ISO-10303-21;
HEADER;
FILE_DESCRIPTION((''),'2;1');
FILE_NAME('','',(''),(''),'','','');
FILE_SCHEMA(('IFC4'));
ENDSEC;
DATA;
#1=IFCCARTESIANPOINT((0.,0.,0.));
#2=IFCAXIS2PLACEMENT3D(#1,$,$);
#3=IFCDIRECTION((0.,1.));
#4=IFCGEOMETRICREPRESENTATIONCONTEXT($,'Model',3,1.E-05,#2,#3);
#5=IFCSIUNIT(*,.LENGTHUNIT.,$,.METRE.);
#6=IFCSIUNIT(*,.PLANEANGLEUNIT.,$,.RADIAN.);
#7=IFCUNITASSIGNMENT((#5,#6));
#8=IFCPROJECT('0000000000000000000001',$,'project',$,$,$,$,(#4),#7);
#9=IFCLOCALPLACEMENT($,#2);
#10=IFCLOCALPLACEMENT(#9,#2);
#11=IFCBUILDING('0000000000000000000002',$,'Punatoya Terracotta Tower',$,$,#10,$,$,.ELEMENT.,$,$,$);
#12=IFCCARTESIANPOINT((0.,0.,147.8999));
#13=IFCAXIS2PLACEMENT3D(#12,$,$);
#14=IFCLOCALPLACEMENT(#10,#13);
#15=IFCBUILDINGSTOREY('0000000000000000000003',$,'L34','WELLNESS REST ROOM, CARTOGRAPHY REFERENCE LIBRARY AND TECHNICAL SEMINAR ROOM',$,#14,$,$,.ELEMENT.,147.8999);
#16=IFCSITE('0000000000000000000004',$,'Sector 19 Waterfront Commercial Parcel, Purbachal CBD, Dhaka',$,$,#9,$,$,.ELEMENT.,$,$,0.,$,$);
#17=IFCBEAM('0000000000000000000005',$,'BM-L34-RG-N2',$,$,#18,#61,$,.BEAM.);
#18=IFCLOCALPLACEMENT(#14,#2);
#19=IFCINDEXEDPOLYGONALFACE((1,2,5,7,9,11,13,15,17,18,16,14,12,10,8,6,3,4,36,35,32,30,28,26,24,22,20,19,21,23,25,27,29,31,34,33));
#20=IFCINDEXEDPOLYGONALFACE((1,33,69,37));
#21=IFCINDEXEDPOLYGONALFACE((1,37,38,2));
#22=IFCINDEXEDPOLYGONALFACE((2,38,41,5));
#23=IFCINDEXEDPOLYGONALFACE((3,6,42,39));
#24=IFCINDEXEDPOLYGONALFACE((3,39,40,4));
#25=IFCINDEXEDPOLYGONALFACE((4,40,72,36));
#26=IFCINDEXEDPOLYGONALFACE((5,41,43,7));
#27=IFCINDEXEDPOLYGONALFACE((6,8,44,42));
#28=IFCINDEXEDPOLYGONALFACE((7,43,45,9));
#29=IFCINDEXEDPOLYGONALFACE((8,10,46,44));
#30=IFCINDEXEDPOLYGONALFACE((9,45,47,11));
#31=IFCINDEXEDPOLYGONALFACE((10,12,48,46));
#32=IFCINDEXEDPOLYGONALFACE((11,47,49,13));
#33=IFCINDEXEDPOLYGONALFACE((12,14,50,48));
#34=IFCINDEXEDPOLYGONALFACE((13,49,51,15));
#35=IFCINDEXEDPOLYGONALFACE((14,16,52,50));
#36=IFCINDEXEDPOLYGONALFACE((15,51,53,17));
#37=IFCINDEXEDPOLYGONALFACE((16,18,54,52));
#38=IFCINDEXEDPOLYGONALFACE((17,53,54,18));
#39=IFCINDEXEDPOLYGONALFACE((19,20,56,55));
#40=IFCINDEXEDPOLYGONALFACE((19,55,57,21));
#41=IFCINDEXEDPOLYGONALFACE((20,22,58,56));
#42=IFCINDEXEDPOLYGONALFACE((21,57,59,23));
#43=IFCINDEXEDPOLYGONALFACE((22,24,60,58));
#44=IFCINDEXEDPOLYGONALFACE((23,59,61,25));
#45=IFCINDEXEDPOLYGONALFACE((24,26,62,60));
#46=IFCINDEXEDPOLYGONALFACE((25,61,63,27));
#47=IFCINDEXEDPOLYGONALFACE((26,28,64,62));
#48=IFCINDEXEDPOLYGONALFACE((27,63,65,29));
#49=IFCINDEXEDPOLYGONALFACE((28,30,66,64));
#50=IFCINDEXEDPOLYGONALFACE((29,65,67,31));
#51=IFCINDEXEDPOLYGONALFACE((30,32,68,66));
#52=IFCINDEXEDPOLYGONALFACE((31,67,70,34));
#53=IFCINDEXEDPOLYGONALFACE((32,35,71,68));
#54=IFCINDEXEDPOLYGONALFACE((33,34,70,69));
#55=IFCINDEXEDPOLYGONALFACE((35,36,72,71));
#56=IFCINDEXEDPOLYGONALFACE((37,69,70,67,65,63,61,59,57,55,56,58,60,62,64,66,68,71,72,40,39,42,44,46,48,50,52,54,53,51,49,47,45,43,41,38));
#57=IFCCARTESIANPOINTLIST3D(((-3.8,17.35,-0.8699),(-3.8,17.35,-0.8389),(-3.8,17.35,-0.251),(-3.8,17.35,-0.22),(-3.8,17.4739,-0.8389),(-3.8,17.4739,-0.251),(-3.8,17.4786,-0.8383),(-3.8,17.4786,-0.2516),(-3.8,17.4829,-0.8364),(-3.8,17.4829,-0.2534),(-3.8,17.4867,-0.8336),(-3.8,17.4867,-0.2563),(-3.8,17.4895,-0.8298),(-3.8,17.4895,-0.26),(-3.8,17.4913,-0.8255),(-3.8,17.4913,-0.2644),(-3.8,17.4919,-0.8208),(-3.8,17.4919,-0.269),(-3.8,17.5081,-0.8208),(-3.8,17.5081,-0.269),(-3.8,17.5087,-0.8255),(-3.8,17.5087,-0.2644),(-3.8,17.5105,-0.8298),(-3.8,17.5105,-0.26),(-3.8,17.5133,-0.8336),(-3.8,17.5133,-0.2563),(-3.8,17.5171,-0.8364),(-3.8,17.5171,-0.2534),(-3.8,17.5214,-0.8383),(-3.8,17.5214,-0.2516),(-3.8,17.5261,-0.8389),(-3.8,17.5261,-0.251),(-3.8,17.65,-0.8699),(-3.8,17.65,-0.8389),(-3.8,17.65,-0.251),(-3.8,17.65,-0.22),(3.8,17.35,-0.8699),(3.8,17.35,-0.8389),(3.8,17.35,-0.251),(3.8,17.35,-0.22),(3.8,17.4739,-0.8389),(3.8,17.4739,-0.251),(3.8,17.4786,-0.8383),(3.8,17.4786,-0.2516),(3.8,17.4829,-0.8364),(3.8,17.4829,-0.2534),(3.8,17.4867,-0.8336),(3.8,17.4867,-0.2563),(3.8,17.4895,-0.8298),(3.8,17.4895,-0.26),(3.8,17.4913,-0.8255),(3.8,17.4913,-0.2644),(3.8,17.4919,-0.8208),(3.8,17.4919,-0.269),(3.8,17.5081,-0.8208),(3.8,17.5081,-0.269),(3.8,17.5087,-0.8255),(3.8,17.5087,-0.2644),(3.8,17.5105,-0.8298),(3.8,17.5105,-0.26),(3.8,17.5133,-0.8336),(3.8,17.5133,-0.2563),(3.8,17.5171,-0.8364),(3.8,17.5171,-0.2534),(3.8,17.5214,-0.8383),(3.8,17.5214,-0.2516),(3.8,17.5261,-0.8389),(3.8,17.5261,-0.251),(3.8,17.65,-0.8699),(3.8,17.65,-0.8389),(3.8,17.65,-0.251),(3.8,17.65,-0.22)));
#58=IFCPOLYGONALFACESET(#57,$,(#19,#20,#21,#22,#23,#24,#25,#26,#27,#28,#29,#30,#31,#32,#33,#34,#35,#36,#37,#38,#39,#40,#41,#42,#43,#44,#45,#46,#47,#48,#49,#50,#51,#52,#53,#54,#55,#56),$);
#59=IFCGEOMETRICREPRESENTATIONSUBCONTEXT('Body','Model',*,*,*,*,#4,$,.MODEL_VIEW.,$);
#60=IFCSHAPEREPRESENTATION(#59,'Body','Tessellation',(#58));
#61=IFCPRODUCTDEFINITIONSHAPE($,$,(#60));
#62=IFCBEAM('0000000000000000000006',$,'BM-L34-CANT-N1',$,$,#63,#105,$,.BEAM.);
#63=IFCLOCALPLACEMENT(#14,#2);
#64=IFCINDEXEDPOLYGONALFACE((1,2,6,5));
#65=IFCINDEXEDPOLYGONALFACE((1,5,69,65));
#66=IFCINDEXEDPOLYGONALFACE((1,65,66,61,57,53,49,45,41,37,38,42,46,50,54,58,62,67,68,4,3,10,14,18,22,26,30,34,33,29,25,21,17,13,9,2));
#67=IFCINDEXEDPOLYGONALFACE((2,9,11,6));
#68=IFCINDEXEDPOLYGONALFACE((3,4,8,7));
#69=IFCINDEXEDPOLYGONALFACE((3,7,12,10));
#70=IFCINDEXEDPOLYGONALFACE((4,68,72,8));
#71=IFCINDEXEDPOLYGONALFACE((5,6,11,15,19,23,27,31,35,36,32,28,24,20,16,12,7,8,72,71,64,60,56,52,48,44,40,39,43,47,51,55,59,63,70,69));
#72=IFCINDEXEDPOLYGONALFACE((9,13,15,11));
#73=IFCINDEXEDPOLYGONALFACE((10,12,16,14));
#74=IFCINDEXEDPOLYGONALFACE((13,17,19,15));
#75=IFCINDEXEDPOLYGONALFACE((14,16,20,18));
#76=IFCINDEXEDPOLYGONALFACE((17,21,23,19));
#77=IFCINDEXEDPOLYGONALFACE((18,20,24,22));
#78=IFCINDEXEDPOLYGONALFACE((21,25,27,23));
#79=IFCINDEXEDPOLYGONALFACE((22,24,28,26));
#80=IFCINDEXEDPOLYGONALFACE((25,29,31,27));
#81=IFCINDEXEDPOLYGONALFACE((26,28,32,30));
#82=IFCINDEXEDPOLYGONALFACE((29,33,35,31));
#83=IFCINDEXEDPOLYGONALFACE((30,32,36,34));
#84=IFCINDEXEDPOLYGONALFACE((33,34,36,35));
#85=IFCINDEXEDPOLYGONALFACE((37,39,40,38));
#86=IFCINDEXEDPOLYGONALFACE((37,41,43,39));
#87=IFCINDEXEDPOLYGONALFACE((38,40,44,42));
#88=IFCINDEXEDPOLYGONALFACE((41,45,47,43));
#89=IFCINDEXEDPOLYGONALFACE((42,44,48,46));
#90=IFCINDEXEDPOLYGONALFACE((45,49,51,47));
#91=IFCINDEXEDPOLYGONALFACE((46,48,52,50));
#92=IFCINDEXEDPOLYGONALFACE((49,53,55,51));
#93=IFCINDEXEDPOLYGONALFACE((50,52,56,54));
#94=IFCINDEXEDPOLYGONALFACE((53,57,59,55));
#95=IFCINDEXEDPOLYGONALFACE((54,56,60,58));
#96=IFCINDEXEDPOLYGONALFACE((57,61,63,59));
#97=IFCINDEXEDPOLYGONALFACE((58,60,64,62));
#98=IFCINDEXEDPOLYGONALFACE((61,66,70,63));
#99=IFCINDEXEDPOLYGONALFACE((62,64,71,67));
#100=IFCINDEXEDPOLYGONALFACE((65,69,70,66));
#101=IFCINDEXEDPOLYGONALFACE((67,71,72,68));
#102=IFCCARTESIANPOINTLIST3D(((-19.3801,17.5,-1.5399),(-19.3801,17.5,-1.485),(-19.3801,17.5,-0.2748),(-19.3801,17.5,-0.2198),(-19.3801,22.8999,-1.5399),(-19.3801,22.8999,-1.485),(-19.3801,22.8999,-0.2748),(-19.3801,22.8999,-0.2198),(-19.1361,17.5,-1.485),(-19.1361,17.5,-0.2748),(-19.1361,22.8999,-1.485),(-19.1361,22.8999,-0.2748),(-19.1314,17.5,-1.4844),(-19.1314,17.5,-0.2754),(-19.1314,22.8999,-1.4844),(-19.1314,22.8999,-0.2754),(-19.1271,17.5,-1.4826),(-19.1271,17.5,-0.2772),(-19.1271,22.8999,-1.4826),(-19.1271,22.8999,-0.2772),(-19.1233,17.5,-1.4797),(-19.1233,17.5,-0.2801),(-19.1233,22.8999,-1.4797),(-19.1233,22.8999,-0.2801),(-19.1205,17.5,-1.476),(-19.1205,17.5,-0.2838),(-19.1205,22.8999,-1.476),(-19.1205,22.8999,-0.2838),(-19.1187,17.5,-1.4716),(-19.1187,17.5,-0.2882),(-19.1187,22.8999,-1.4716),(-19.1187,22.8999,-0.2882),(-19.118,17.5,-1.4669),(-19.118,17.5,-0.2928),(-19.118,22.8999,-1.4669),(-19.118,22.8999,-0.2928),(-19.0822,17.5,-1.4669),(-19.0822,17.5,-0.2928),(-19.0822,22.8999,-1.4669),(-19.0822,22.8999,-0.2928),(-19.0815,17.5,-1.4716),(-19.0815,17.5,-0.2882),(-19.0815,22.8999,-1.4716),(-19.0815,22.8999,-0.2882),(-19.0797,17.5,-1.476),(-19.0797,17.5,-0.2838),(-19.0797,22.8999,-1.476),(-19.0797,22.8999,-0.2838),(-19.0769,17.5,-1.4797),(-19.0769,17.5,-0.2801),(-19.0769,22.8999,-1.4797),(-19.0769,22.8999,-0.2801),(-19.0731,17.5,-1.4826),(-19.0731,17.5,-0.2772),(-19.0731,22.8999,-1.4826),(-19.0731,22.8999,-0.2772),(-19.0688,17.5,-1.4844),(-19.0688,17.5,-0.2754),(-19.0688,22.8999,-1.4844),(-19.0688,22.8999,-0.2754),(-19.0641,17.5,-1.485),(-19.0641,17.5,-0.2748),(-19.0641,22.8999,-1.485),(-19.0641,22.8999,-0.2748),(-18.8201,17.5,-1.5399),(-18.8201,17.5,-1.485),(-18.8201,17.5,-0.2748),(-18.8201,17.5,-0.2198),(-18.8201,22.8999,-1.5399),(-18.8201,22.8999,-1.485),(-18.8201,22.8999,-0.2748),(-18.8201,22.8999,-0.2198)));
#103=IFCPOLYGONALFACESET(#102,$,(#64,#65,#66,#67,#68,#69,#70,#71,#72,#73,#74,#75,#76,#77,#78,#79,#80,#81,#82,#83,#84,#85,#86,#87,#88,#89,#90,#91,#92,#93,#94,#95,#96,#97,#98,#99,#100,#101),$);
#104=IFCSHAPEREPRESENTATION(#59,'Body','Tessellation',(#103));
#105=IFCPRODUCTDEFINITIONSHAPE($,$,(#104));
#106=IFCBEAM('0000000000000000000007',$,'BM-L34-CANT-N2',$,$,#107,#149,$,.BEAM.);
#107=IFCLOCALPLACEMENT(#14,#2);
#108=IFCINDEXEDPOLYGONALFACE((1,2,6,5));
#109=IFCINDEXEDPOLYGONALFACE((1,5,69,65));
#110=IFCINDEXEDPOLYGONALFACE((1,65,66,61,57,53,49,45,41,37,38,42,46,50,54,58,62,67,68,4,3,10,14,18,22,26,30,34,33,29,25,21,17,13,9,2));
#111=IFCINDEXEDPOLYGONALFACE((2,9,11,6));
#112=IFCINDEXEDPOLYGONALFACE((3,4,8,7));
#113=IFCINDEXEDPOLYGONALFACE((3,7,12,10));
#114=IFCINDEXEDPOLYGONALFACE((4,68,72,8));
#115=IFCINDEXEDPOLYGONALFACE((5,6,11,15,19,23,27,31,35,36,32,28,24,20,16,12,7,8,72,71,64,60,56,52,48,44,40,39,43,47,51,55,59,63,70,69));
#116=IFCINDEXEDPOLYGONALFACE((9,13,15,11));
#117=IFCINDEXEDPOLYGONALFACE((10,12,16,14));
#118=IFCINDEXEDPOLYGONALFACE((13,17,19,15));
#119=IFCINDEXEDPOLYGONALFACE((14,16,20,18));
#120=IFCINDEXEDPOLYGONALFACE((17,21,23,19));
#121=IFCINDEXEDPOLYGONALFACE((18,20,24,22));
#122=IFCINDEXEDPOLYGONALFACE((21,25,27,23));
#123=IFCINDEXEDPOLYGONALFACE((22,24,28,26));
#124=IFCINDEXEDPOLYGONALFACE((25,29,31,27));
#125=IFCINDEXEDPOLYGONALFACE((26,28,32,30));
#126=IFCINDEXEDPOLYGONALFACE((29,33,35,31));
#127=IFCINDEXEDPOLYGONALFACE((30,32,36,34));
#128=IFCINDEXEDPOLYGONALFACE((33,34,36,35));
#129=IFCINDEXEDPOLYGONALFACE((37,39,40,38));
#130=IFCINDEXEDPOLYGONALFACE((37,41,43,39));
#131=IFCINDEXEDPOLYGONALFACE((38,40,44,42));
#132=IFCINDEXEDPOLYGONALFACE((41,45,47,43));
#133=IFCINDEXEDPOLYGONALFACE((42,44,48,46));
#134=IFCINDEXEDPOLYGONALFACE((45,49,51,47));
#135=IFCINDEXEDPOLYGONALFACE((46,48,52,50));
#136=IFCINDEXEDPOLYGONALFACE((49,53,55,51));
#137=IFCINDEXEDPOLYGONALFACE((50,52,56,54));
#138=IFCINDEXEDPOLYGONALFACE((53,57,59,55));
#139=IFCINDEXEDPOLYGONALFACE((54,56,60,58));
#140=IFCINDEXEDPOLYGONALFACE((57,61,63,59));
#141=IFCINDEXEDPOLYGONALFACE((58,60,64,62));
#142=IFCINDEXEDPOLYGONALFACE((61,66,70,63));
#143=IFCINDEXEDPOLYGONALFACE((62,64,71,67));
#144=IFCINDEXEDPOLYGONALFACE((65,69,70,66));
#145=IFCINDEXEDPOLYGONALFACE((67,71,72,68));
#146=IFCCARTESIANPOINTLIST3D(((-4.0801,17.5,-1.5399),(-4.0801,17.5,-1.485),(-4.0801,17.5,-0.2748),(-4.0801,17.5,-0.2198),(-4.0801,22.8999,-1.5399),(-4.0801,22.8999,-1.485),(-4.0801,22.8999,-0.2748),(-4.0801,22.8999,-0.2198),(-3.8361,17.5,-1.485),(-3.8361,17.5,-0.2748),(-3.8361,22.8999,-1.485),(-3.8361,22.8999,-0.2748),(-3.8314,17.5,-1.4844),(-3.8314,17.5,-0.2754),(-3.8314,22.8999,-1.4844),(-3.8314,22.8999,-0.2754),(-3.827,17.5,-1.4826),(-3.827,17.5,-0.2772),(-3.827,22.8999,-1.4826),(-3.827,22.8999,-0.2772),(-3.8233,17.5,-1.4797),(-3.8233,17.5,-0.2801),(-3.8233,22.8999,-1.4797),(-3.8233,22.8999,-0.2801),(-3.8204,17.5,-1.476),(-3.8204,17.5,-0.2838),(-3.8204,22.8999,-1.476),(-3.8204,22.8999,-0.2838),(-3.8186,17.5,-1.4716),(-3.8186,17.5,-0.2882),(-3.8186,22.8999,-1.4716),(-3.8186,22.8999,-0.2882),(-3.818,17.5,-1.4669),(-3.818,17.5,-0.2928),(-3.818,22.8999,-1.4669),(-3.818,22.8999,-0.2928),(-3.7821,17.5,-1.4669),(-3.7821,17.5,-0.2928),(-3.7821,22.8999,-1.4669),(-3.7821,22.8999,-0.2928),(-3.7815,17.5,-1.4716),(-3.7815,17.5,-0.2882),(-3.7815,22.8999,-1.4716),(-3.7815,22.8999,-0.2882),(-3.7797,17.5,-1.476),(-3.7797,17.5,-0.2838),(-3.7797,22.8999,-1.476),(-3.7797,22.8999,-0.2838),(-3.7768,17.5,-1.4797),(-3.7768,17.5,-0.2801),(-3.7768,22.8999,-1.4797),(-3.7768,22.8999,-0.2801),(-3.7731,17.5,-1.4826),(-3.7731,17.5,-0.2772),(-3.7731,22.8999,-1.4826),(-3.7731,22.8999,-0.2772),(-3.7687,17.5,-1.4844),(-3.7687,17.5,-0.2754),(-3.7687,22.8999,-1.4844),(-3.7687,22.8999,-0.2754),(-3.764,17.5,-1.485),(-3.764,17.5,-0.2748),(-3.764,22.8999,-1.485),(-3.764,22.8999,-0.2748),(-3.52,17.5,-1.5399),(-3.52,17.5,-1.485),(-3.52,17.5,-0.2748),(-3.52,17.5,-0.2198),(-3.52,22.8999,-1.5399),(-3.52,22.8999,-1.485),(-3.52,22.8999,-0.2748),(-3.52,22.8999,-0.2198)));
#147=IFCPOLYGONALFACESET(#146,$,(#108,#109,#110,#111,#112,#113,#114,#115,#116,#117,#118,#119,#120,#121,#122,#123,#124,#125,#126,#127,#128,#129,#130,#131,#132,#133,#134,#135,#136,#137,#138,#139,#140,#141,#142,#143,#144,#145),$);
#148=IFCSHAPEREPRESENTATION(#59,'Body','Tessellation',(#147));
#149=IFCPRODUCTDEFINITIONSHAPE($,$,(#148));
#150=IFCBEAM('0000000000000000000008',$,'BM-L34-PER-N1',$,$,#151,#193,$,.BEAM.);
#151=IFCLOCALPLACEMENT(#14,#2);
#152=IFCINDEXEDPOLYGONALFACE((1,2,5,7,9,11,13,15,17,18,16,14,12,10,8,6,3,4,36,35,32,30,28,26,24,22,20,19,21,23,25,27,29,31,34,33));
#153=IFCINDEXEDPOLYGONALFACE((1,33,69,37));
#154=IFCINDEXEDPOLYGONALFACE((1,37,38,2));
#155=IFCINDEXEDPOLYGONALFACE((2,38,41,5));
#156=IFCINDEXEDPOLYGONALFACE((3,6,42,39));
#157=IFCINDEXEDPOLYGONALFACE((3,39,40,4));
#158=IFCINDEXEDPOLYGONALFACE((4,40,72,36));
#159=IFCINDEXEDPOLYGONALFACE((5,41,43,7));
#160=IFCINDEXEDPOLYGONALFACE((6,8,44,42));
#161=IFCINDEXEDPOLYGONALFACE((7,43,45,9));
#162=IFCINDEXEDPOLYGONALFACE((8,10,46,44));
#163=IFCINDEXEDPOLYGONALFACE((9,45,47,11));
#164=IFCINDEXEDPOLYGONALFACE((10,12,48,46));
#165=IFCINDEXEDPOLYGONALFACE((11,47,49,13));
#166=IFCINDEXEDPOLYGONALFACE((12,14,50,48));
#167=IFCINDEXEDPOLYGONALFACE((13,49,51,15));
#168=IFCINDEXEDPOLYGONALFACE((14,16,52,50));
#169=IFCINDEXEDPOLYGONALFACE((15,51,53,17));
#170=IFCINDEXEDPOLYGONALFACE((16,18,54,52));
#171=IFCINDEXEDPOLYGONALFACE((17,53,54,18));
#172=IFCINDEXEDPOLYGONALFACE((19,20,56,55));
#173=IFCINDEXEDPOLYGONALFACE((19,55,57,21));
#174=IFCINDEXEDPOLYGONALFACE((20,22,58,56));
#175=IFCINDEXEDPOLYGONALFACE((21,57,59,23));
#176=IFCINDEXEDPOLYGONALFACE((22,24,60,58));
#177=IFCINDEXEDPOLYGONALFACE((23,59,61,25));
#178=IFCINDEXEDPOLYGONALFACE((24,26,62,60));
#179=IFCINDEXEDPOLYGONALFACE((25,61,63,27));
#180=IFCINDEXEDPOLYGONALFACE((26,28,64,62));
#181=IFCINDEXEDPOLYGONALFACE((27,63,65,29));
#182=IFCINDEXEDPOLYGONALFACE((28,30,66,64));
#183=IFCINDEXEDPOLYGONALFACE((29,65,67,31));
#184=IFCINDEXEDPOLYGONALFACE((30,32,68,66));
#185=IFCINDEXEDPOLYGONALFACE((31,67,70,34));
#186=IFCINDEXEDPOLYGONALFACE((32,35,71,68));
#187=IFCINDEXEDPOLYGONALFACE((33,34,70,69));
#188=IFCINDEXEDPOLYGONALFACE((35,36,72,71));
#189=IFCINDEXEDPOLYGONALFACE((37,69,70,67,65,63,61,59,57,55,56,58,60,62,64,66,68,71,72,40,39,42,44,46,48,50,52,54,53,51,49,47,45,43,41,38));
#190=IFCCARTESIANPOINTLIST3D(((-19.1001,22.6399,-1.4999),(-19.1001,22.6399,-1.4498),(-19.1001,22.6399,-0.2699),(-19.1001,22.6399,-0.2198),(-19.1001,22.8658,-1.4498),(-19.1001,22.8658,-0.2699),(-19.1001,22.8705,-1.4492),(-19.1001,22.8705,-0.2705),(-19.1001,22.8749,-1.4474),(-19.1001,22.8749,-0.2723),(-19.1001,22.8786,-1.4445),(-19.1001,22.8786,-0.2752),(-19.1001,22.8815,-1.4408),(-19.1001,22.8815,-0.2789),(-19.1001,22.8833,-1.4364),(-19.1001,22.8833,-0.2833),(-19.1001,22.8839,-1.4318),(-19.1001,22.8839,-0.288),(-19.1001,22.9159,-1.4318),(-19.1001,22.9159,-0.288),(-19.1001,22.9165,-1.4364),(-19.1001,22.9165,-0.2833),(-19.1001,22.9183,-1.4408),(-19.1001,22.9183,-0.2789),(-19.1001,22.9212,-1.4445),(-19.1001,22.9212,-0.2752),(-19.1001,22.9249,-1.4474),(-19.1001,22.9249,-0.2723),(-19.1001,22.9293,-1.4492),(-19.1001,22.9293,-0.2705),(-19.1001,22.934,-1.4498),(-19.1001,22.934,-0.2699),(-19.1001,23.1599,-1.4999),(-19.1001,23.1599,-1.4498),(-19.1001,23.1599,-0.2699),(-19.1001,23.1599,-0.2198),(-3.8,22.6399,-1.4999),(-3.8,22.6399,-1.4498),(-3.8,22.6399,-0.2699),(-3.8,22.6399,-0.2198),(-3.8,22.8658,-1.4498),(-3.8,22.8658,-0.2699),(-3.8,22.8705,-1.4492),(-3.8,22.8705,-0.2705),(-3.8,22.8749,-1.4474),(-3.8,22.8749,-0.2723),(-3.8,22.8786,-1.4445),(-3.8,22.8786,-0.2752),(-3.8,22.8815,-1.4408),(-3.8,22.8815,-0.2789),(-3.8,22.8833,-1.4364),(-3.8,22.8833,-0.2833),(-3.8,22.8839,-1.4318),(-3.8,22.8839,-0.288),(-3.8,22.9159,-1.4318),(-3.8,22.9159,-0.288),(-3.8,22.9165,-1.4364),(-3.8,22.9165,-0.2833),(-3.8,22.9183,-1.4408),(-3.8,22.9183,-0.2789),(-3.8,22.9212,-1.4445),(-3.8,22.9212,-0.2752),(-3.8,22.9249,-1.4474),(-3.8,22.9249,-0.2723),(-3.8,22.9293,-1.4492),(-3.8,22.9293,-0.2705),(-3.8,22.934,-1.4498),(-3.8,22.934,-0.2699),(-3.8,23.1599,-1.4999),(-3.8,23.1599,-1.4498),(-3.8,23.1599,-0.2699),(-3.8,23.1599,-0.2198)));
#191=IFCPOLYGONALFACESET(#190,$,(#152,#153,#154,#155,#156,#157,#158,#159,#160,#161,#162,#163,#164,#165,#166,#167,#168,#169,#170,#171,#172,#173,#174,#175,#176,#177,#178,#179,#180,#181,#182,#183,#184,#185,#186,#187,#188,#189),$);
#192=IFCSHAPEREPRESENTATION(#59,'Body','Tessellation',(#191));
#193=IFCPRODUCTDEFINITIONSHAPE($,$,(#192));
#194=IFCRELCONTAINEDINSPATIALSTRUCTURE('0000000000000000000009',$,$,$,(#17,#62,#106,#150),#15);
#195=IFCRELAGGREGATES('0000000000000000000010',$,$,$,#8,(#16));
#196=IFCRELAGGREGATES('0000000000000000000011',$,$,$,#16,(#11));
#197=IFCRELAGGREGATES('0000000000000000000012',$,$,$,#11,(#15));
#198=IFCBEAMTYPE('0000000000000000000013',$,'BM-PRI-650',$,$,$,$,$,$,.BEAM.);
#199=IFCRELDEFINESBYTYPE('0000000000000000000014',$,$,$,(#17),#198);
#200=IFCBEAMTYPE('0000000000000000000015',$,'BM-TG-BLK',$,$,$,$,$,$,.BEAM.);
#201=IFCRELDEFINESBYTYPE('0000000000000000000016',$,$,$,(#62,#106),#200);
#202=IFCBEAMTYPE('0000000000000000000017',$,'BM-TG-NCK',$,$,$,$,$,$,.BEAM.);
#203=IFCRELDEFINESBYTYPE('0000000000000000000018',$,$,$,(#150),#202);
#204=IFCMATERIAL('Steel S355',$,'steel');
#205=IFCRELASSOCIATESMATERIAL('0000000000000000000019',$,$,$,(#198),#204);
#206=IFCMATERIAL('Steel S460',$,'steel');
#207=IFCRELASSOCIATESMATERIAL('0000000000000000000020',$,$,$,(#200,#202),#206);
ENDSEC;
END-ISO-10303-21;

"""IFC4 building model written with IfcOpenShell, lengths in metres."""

from ifc_helpers import new_model, si_unit, direction, frame, origin, origin_2d, place, context, subcontext, project, spatial, i_section, extrude, material, material_profile, profile_set, type_object, element, save


model = new_model("IFC4")

# Units and contexts
model_context = context("Model", 3, precision=1e-05, world=origin(), true_north=direction((0.0, 1.0)))
body_context = subcontext(model_context, "Body", "Model", "MODEL_VIEW")
ifc_project = project(units=[si_unit("LENGTHUNIT", "METRE"), si_unit("PLANEANGLEUNIT", "RADIAN")], contexts=[model_context])

# Site, building, storey
site_placement = place(None, origin())
site = spatial("IfcSite", under=ifc_project, at=site_placement, Name="Sector 19 Waterfront Commercial Parcel, Purbachal CBD, Dhaka", CompositionType="ELEMENT", RefElevation=0.0)
building_placement = place(site_placement, origin())
building = spatial("IfcBuilding", under=site, at=building_placement, Name="Punatoya Terracotta Tower", CompositionType="ELEMENT")
storey_placement = place(building_placement, frame((0.0, 0.0, 147.8999)))
storey = spatial("IfcBuildingStorey", under=building, at=storey_placement, Name="L34", Description="WELLNESS REST ROOM, CARTOGRAPHY REFERENCE LIBRARY AND TECHNICAL SEMINAR ROOM", CompositionType="ELEMENT", Elevation=147.8999)

# Shared definitions
ifc_material_1 = material(Name="Steel S460", Category="steel")

# Beams
ifc_material_2 = material(Name="Steel S355", Category="steel")
ifc_material_profile_1 = material_profile(ifc_material_2, i_section(OverallWidth=0.3, OverallDepth=0.6499, WebThickness=0.0161, FlangeThickness=0.031, FilletRadius=0.0181, at=origin_2d()))
ifc_profile_set_1 = profile_set([ifc_material_profile_1], Name="Steel S355")
beam_type_1 = type_object("IfcBeamType", Name="BM-PRI-650", PredefinedType="BEAM", material=ifc_profile_set_1)
beam_1_placement = place(storey_placement, frame((-3.8, 17.5, -0.5449), z_axis=(1.0, 0.0, 0.0), x_axis=(0.0, 1.0, 0.0)))
element("IfcBeam", 1, at=beam_1_placement, inside=storey, type_object=beam_type_1, Name="BM-L34-RG-N2", PredefinedType="BEAM", context=body_context, shape_type="SweptSolid", body=[
    extrude(i_section(OverallWidth=0.3, OverallDepth=0.6499, WebThickness=0.0161, FlangeThickness=0.031, FilletRadius=0.0181, at=origin_2d()), origin(), (0.0, 0.0, 1.0), 7.6001),
])
ifc_material_profile_2 = material_profile(ifc_material_1, i_section(OverallWidth=0.5601, OverallDepth=1.3201, WebThickness=0.0359, FlangeThickness=0.0549, FilletRadius=0.0181, at=origin_2d()))
ifc_profile_set_2 = profile_set([ifc_material_profile_2], Name="Steel S460")
beam_type_2 = type_object("IfcBeamType", Name="BM-TG-BLK", PredefinedType="BEAM", material=ifc_profile_set_2)
for number, where, z_axis, x_axis, name in (
    (2, (-19.1001, 17.5, -0.8799), (0.0, 1.0, 0.0), (-1.0, 0.0, 0.0), "BM-L34-CANT-N1"),
    (3, (-3.8, 17.5, -0.8799), (0.0, 1.0, 0.0), (-1.0, 0.0, 0.0), "BM-L34-CANT-N2"),
):
    element("IfcBeam", number, at=place(storey_placement, frame(where, z_axis=z_axis, x_axis=x_axis)), inside=storey, type_object=beam_type_2, Name=name, PredefinedType="BEAM", context=body_context, shape_type="SweptSolid", body=[
        extrude(i_section(OverallWidth=0.5601, OverallDepth=1.3201, WebThickness=0.0359, FlangeThickness=0.0549, FilletRadius=0.0181, at=origin_2d()), origin(), (0.0, 0.0, 1.0), 5.3999),
    ])
ifc_material_profile_3 = material_profile(ifc_material_1, i_section(OverallWidth=0.52, OverallDepth=1.28, WebThickness=0.032, FlangeThickness=0.05, FilletRadius=0.0181, at=origin_2d()))
ifc_profile_set_3 = profile_set([ifc_material_profile_3], Name="Steel S460")
beam_type_3 = type_object("IfcBeamType", Name="BM-TG-NCK", PredefinedType="BEAM", material=ifc_profile_set_3)
beam_2_placement = place(storey_placement, frame((-19.1001, 22.8999, -0.8599), z_axis=(1.0, 0.0, 0.0), x_axis=(0.0, 1.0, 0.0)))
element("IfcBeam", 4, at=beam_2_placement, inside=storey, type_object=beam_type_3, Name="BM-L34-PER-N1", PredefinedType="BEAM", context=body_context, shape_type="SweptSolid", body=[
    extrude(i_section(OverallWidth=0.52, OverallDepth=1.28, WebThickness=0.032, FlangeThickness=0.05, FilletRadius=0.0181, at=origin_2d()), origin(), (0.0, 0.0, 1.0), 15.3),
])

save(model, "model.ifc")
